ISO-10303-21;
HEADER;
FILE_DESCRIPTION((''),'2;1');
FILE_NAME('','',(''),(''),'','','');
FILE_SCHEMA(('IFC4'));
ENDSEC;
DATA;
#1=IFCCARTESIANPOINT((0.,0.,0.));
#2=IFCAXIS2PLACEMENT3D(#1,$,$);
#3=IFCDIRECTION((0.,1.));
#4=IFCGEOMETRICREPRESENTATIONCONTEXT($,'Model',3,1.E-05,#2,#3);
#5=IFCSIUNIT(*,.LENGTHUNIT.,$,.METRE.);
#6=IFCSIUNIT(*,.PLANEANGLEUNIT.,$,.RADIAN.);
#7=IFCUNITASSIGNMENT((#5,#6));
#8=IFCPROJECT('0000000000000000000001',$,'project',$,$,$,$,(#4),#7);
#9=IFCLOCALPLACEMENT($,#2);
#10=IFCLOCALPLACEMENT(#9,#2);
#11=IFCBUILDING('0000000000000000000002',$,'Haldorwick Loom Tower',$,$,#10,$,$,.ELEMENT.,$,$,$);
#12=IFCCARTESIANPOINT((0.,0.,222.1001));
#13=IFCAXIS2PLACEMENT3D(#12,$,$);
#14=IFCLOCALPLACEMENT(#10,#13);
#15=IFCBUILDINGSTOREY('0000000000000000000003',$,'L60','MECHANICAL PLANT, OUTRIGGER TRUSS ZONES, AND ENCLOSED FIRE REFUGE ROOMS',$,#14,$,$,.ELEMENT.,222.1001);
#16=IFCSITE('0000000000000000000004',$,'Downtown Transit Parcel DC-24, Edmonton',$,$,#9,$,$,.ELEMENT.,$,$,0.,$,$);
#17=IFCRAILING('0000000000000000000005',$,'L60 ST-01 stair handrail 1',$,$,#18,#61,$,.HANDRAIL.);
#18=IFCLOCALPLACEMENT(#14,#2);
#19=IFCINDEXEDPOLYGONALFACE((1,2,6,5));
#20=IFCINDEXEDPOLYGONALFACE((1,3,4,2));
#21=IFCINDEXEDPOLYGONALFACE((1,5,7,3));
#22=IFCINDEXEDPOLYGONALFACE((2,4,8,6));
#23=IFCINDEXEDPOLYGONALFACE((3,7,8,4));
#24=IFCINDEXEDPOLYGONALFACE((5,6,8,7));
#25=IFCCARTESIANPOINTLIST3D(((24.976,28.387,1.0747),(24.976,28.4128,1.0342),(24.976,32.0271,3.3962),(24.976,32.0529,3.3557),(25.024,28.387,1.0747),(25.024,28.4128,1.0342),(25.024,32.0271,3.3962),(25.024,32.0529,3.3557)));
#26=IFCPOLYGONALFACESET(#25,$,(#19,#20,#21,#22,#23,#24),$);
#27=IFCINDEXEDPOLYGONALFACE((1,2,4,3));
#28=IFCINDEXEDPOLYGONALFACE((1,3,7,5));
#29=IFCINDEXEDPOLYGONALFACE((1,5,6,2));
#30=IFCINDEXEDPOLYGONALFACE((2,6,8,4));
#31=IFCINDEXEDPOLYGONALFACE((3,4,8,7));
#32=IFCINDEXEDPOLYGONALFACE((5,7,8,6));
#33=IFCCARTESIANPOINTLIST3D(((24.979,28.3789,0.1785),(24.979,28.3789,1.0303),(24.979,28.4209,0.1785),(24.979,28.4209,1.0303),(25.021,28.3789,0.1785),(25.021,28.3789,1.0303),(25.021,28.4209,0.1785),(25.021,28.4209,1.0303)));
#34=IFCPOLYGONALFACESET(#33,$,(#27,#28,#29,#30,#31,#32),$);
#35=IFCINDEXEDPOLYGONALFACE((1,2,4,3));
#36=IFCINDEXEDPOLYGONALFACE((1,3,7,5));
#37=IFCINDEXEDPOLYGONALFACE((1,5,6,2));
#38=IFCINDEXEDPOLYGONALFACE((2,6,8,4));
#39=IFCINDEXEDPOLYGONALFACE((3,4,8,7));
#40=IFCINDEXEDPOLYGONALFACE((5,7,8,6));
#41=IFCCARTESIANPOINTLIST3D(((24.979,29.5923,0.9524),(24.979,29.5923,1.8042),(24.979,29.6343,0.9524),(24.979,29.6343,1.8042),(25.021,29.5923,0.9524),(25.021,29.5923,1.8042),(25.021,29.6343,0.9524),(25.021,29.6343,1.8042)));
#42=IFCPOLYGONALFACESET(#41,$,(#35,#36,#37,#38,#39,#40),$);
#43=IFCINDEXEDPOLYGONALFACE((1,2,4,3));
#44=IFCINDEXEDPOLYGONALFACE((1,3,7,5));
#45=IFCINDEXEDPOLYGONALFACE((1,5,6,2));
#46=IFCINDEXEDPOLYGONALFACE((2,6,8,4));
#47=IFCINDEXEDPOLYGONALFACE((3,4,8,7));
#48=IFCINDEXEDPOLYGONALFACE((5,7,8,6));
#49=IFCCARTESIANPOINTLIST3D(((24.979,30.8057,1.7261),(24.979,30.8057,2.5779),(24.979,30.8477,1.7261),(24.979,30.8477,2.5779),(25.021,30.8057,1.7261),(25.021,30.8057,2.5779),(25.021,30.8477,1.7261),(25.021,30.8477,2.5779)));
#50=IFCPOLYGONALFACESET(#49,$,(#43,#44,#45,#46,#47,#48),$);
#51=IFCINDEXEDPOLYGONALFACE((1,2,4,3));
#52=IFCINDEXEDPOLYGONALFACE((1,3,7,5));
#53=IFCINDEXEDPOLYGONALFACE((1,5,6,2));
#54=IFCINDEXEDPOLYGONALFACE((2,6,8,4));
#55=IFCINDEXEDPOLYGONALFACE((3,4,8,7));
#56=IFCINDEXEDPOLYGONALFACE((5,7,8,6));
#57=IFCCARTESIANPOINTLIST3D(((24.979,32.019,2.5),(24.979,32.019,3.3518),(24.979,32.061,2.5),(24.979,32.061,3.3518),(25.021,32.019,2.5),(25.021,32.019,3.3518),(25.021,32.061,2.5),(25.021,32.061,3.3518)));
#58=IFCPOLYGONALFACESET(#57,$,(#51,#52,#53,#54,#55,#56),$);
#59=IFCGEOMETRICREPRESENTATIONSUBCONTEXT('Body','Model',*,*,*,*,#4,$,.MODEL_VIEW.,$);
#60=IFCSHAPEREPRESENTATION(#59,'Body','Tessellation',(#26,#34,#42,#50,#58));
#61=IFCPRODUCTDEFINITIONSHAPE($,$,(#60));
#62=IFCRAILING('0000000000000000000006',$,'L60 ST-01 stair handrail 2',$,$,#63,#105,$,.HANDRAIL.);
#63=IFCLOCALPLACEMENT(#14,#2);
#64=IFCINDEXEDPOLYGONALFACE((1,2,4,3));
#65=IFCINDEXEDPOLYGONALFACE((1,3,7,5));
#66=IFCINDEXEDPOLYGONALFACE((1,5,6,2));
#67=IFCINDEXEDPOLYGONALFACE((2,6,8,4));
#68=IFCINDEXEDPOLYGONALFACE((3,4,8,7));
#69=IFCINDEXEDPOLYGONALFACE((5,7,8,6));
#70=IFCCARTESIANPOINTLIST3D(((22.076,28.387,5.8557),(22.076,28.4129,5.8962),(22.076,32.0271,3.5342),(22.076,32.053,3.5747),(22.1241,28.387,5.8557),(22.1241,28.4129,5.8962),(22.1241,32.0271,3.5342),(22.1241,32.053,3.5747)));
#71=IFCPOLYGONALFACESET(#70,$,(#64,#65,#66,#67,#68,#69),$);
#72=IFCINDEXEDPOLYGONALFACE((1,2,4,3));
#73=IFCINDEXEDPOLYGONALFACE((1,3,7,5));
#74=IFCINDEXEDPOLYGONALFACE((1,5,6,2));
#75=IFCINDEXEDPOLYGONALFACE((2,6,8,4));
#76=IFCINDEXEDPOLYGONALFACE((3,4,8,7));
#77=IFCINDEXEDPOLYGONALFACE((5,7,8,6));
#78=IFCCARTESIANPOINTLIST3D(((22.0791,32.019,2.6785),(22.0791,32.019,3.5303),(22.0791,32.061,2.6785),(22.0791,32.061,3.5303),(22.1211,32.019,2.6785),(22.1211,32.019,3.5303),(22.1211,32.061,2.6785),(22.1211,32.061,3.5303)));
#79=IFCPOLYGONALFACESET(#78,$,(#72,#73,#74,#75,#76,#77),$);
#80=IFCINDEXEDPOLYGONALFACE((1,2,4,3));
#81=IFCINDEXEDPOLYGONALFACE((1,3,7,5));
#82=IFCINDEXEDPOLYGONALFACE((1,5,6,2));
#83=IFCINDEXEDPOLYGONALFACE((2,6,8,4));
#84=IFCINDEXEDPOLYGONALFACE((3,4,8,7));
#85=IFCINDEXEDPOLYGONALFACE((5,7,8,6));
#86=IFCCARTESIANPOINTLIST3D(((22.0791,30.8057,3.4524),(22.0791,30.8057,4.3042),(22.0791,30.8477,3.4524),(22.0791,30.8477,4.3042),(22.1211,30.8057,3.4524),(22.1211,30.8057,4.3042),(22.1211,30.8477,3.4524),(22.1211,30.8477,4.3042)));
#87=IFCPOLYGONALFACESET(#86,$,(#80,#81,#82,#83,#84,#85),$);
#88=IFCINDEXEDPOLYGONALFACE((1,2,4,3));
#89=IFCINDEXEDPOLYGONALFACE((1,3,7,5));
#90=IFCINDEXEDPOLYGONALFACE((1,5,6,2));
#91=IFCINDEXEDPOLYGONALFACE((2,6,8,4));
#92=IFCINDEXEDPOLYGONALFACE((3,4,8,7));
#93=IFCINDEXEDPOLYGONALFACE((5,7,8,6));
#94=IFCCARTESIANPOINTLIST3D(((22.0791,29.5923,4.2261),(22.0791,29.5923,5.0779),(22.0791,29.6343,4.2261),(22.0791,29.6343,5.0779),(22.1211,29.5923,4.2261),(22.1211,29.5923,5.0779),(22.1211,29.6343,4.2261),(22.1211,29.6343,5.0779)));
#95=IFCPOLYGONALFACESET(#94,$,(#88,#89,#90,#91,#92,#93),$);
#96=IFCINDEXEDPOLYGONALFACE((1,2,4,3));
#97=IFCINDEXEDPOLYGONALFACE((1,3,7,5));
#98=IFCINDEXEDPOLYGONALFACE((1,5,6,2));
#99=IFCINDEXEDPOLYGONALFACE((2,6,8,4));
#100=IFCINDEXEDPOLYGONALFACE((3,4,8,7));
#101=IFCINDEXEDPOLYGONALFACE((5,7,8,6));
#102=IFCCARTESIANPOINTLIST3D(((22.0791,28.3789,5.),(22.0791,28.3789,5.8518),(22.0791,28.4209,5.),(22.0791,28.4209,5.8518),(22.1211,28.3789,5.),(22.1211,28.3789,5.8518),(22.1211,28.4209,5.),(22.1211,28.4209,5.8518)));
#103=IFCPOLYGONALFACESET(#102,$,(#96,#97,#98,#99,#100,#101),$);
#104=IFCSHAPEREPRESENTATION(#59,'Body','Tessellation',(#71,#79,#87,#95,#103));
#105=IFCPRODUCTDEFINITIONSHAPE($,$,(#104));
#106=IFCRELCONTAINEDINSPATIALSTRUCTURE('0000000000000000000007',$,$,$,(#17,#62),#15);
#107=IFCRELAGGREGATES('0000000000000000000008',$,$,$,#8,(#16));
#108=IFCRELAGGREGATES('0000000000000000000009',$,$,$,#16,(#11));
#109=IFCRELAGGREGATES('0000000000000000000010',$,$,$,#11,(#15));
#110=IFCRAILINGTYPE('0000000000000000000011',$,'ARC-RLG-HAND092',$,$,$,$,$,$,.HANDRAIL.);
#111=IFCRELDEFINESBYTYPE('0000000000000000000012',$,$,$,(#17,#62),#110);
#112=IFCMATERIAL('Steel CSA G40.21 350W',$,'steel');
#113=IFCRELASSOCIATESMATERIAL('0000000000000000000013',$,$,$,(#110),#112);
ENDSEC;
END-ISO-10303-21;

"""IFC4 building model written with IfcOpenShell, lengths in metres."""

from ifc_helpers import new_model, si_unit, direction, frame, origin, origin_2d, place, context, subcontext, project, spatial, rectangle, extrude, material, type_object, element, save


model = new_model("IFC4")

# Units and contexts
model_context = context("Model", 3, precision=1e-05, world=origin(), true_north=direction((0.0, 1.0)))
body_context = subcontext(model_context, "Body", "Model", "MODEL_VIEW")
ifc_project = project(units=[si_unit("LENGTHUNIT", "METRE"), si_unit("PLANEANGLEUNIT", "RADIAN")], contexts=[model_context])

# Site, building, storey
site_placement = place(None, origin())
site = spatial("IfcSite", under=ifc_project, at=site_placement, Name="Downtown Transit Parcel DC-24, Edmonton", CompositionType="ELEMENT", RefElevation=0.0)
building_placement = place(site_placement, origin())
building = spatial("IfcBuilding", under=site, at=building_placement, Name="Haldorwick Loom Tower", CompositionType="ELEMENT")
storey_placement = place(building_placement, frame((0.0, 0.0, 222.1001)))
storey = spatial("IfcBuildingStorey", under=building, at=storey_placement, Name="L60", Description="MECHANICAL PLANT, OUTRIGGER TRUSS ZONES, AND ENCLOSED FIRE REFUGE ROOMS", CompositionType="ELEMENT", Elevation=222.1001)

# Shared definitions
ifc_material_1 = material(Name="Steel CSA G40.21 350W", Category="steel")

# Railings
railing_type_1 = type_object("IfcRailingType", Name="ARC-RLG-HAND092", PredefinedType="HANDRAIL", material=ifc_material_1)
railing_1_placement = place(storey_placement, frame((25.0, 28.3999, 0.1785)))
element("IfcRailing", 1, at=railing_1_placement, inside=storey, type_object=railing_type_1, Name="L60 ST-01 stair handrail 1", PredefinedType="HANDRAIL", context=body_context, shape_type="SweptSolid", body=[
    extrude(rectangle(XDim=0.0481, YDim=0.0481, at=origin_2d()), frame((0.0, 0.0, 0.876), z_axis=(0.0, 0.843128, 0.537713), x_axis=(-1.0, 0.0, 0.0)), (0.0, 0.0, 1.0), 4.3174),
    extrude(rectangle(XDim=0.042, YDim=0.042, at=origin_2d()), origin(), (0.0, 0.0, 1.0), 0.8518),
    extrude(rectangle(XDim=0.042, YDim=0.042, at=origin_2d()), frame((0.0, 1.2134, 0.7739)), (0.0, 0.0, 1.0), 0.8518),
    extrude(rectangle(XDim=0.042, YDim=0.042, at=origin_2d()), frame((0.0, 2.4268, 1.5476)), (0.0, 0.0, 1.0), 0.8518),
    extrude(rectangle(XDim=0.042, YDim=0.042, at=origin_2d()), frame((0.0, 3.6401, 2.3215)), (0.0, 0.0, 1.0), 0.8518),
])
railing_2_placement = place(storey_placement, frame((22.1001, 32.04, 2.6785)))
element("IfcRailing", 2, at=railing_2_placement, inside=storey, type_object=railing_type_1, Name="L60 ST-01 stair handrail 2", PredefinedType="HANDRAIL", context=body_context, shape_type="SweptSolid", body=[
    extrude(rectangle(XDim=0.0481, YDim=0.0481, at=origin_2d()), frame((0.0, 0.0, 0.876), z_axis=(0.0, -0.843128, 0.537713), x_axis=(1.0, 0.0, 0.0)), (0.0, 0.0, 1.0), 4.3174),
    extrude(rectangle(XDim=0.042, YDim=0.042, at=origin_2d()), origin(), (0.0, 0.0, 1.0), 0.8518),
    extrude(rectangle(XDim=0.042, YDim=0.042, at=origin_2d()), frame((0.0, -1.2134, 0.7739)), (0.0, 0.0, 1.0), 0.8518),
    extrude(rectangle(XDim=0.042, YDim=0.042, at=origin_2d()), frame((0.0, -2.4268, 1.5476)), (0.0, 0.0, 1.0), 0.8518),
    extrude(rectangle(XDim=0.042, YDim=0.042, at=origin_2d()), frame((0.0, -3.6401, 2.3215)), (0.0, 0.0, 1.0), 0.8518),
])

save(model, "model.ifc")
